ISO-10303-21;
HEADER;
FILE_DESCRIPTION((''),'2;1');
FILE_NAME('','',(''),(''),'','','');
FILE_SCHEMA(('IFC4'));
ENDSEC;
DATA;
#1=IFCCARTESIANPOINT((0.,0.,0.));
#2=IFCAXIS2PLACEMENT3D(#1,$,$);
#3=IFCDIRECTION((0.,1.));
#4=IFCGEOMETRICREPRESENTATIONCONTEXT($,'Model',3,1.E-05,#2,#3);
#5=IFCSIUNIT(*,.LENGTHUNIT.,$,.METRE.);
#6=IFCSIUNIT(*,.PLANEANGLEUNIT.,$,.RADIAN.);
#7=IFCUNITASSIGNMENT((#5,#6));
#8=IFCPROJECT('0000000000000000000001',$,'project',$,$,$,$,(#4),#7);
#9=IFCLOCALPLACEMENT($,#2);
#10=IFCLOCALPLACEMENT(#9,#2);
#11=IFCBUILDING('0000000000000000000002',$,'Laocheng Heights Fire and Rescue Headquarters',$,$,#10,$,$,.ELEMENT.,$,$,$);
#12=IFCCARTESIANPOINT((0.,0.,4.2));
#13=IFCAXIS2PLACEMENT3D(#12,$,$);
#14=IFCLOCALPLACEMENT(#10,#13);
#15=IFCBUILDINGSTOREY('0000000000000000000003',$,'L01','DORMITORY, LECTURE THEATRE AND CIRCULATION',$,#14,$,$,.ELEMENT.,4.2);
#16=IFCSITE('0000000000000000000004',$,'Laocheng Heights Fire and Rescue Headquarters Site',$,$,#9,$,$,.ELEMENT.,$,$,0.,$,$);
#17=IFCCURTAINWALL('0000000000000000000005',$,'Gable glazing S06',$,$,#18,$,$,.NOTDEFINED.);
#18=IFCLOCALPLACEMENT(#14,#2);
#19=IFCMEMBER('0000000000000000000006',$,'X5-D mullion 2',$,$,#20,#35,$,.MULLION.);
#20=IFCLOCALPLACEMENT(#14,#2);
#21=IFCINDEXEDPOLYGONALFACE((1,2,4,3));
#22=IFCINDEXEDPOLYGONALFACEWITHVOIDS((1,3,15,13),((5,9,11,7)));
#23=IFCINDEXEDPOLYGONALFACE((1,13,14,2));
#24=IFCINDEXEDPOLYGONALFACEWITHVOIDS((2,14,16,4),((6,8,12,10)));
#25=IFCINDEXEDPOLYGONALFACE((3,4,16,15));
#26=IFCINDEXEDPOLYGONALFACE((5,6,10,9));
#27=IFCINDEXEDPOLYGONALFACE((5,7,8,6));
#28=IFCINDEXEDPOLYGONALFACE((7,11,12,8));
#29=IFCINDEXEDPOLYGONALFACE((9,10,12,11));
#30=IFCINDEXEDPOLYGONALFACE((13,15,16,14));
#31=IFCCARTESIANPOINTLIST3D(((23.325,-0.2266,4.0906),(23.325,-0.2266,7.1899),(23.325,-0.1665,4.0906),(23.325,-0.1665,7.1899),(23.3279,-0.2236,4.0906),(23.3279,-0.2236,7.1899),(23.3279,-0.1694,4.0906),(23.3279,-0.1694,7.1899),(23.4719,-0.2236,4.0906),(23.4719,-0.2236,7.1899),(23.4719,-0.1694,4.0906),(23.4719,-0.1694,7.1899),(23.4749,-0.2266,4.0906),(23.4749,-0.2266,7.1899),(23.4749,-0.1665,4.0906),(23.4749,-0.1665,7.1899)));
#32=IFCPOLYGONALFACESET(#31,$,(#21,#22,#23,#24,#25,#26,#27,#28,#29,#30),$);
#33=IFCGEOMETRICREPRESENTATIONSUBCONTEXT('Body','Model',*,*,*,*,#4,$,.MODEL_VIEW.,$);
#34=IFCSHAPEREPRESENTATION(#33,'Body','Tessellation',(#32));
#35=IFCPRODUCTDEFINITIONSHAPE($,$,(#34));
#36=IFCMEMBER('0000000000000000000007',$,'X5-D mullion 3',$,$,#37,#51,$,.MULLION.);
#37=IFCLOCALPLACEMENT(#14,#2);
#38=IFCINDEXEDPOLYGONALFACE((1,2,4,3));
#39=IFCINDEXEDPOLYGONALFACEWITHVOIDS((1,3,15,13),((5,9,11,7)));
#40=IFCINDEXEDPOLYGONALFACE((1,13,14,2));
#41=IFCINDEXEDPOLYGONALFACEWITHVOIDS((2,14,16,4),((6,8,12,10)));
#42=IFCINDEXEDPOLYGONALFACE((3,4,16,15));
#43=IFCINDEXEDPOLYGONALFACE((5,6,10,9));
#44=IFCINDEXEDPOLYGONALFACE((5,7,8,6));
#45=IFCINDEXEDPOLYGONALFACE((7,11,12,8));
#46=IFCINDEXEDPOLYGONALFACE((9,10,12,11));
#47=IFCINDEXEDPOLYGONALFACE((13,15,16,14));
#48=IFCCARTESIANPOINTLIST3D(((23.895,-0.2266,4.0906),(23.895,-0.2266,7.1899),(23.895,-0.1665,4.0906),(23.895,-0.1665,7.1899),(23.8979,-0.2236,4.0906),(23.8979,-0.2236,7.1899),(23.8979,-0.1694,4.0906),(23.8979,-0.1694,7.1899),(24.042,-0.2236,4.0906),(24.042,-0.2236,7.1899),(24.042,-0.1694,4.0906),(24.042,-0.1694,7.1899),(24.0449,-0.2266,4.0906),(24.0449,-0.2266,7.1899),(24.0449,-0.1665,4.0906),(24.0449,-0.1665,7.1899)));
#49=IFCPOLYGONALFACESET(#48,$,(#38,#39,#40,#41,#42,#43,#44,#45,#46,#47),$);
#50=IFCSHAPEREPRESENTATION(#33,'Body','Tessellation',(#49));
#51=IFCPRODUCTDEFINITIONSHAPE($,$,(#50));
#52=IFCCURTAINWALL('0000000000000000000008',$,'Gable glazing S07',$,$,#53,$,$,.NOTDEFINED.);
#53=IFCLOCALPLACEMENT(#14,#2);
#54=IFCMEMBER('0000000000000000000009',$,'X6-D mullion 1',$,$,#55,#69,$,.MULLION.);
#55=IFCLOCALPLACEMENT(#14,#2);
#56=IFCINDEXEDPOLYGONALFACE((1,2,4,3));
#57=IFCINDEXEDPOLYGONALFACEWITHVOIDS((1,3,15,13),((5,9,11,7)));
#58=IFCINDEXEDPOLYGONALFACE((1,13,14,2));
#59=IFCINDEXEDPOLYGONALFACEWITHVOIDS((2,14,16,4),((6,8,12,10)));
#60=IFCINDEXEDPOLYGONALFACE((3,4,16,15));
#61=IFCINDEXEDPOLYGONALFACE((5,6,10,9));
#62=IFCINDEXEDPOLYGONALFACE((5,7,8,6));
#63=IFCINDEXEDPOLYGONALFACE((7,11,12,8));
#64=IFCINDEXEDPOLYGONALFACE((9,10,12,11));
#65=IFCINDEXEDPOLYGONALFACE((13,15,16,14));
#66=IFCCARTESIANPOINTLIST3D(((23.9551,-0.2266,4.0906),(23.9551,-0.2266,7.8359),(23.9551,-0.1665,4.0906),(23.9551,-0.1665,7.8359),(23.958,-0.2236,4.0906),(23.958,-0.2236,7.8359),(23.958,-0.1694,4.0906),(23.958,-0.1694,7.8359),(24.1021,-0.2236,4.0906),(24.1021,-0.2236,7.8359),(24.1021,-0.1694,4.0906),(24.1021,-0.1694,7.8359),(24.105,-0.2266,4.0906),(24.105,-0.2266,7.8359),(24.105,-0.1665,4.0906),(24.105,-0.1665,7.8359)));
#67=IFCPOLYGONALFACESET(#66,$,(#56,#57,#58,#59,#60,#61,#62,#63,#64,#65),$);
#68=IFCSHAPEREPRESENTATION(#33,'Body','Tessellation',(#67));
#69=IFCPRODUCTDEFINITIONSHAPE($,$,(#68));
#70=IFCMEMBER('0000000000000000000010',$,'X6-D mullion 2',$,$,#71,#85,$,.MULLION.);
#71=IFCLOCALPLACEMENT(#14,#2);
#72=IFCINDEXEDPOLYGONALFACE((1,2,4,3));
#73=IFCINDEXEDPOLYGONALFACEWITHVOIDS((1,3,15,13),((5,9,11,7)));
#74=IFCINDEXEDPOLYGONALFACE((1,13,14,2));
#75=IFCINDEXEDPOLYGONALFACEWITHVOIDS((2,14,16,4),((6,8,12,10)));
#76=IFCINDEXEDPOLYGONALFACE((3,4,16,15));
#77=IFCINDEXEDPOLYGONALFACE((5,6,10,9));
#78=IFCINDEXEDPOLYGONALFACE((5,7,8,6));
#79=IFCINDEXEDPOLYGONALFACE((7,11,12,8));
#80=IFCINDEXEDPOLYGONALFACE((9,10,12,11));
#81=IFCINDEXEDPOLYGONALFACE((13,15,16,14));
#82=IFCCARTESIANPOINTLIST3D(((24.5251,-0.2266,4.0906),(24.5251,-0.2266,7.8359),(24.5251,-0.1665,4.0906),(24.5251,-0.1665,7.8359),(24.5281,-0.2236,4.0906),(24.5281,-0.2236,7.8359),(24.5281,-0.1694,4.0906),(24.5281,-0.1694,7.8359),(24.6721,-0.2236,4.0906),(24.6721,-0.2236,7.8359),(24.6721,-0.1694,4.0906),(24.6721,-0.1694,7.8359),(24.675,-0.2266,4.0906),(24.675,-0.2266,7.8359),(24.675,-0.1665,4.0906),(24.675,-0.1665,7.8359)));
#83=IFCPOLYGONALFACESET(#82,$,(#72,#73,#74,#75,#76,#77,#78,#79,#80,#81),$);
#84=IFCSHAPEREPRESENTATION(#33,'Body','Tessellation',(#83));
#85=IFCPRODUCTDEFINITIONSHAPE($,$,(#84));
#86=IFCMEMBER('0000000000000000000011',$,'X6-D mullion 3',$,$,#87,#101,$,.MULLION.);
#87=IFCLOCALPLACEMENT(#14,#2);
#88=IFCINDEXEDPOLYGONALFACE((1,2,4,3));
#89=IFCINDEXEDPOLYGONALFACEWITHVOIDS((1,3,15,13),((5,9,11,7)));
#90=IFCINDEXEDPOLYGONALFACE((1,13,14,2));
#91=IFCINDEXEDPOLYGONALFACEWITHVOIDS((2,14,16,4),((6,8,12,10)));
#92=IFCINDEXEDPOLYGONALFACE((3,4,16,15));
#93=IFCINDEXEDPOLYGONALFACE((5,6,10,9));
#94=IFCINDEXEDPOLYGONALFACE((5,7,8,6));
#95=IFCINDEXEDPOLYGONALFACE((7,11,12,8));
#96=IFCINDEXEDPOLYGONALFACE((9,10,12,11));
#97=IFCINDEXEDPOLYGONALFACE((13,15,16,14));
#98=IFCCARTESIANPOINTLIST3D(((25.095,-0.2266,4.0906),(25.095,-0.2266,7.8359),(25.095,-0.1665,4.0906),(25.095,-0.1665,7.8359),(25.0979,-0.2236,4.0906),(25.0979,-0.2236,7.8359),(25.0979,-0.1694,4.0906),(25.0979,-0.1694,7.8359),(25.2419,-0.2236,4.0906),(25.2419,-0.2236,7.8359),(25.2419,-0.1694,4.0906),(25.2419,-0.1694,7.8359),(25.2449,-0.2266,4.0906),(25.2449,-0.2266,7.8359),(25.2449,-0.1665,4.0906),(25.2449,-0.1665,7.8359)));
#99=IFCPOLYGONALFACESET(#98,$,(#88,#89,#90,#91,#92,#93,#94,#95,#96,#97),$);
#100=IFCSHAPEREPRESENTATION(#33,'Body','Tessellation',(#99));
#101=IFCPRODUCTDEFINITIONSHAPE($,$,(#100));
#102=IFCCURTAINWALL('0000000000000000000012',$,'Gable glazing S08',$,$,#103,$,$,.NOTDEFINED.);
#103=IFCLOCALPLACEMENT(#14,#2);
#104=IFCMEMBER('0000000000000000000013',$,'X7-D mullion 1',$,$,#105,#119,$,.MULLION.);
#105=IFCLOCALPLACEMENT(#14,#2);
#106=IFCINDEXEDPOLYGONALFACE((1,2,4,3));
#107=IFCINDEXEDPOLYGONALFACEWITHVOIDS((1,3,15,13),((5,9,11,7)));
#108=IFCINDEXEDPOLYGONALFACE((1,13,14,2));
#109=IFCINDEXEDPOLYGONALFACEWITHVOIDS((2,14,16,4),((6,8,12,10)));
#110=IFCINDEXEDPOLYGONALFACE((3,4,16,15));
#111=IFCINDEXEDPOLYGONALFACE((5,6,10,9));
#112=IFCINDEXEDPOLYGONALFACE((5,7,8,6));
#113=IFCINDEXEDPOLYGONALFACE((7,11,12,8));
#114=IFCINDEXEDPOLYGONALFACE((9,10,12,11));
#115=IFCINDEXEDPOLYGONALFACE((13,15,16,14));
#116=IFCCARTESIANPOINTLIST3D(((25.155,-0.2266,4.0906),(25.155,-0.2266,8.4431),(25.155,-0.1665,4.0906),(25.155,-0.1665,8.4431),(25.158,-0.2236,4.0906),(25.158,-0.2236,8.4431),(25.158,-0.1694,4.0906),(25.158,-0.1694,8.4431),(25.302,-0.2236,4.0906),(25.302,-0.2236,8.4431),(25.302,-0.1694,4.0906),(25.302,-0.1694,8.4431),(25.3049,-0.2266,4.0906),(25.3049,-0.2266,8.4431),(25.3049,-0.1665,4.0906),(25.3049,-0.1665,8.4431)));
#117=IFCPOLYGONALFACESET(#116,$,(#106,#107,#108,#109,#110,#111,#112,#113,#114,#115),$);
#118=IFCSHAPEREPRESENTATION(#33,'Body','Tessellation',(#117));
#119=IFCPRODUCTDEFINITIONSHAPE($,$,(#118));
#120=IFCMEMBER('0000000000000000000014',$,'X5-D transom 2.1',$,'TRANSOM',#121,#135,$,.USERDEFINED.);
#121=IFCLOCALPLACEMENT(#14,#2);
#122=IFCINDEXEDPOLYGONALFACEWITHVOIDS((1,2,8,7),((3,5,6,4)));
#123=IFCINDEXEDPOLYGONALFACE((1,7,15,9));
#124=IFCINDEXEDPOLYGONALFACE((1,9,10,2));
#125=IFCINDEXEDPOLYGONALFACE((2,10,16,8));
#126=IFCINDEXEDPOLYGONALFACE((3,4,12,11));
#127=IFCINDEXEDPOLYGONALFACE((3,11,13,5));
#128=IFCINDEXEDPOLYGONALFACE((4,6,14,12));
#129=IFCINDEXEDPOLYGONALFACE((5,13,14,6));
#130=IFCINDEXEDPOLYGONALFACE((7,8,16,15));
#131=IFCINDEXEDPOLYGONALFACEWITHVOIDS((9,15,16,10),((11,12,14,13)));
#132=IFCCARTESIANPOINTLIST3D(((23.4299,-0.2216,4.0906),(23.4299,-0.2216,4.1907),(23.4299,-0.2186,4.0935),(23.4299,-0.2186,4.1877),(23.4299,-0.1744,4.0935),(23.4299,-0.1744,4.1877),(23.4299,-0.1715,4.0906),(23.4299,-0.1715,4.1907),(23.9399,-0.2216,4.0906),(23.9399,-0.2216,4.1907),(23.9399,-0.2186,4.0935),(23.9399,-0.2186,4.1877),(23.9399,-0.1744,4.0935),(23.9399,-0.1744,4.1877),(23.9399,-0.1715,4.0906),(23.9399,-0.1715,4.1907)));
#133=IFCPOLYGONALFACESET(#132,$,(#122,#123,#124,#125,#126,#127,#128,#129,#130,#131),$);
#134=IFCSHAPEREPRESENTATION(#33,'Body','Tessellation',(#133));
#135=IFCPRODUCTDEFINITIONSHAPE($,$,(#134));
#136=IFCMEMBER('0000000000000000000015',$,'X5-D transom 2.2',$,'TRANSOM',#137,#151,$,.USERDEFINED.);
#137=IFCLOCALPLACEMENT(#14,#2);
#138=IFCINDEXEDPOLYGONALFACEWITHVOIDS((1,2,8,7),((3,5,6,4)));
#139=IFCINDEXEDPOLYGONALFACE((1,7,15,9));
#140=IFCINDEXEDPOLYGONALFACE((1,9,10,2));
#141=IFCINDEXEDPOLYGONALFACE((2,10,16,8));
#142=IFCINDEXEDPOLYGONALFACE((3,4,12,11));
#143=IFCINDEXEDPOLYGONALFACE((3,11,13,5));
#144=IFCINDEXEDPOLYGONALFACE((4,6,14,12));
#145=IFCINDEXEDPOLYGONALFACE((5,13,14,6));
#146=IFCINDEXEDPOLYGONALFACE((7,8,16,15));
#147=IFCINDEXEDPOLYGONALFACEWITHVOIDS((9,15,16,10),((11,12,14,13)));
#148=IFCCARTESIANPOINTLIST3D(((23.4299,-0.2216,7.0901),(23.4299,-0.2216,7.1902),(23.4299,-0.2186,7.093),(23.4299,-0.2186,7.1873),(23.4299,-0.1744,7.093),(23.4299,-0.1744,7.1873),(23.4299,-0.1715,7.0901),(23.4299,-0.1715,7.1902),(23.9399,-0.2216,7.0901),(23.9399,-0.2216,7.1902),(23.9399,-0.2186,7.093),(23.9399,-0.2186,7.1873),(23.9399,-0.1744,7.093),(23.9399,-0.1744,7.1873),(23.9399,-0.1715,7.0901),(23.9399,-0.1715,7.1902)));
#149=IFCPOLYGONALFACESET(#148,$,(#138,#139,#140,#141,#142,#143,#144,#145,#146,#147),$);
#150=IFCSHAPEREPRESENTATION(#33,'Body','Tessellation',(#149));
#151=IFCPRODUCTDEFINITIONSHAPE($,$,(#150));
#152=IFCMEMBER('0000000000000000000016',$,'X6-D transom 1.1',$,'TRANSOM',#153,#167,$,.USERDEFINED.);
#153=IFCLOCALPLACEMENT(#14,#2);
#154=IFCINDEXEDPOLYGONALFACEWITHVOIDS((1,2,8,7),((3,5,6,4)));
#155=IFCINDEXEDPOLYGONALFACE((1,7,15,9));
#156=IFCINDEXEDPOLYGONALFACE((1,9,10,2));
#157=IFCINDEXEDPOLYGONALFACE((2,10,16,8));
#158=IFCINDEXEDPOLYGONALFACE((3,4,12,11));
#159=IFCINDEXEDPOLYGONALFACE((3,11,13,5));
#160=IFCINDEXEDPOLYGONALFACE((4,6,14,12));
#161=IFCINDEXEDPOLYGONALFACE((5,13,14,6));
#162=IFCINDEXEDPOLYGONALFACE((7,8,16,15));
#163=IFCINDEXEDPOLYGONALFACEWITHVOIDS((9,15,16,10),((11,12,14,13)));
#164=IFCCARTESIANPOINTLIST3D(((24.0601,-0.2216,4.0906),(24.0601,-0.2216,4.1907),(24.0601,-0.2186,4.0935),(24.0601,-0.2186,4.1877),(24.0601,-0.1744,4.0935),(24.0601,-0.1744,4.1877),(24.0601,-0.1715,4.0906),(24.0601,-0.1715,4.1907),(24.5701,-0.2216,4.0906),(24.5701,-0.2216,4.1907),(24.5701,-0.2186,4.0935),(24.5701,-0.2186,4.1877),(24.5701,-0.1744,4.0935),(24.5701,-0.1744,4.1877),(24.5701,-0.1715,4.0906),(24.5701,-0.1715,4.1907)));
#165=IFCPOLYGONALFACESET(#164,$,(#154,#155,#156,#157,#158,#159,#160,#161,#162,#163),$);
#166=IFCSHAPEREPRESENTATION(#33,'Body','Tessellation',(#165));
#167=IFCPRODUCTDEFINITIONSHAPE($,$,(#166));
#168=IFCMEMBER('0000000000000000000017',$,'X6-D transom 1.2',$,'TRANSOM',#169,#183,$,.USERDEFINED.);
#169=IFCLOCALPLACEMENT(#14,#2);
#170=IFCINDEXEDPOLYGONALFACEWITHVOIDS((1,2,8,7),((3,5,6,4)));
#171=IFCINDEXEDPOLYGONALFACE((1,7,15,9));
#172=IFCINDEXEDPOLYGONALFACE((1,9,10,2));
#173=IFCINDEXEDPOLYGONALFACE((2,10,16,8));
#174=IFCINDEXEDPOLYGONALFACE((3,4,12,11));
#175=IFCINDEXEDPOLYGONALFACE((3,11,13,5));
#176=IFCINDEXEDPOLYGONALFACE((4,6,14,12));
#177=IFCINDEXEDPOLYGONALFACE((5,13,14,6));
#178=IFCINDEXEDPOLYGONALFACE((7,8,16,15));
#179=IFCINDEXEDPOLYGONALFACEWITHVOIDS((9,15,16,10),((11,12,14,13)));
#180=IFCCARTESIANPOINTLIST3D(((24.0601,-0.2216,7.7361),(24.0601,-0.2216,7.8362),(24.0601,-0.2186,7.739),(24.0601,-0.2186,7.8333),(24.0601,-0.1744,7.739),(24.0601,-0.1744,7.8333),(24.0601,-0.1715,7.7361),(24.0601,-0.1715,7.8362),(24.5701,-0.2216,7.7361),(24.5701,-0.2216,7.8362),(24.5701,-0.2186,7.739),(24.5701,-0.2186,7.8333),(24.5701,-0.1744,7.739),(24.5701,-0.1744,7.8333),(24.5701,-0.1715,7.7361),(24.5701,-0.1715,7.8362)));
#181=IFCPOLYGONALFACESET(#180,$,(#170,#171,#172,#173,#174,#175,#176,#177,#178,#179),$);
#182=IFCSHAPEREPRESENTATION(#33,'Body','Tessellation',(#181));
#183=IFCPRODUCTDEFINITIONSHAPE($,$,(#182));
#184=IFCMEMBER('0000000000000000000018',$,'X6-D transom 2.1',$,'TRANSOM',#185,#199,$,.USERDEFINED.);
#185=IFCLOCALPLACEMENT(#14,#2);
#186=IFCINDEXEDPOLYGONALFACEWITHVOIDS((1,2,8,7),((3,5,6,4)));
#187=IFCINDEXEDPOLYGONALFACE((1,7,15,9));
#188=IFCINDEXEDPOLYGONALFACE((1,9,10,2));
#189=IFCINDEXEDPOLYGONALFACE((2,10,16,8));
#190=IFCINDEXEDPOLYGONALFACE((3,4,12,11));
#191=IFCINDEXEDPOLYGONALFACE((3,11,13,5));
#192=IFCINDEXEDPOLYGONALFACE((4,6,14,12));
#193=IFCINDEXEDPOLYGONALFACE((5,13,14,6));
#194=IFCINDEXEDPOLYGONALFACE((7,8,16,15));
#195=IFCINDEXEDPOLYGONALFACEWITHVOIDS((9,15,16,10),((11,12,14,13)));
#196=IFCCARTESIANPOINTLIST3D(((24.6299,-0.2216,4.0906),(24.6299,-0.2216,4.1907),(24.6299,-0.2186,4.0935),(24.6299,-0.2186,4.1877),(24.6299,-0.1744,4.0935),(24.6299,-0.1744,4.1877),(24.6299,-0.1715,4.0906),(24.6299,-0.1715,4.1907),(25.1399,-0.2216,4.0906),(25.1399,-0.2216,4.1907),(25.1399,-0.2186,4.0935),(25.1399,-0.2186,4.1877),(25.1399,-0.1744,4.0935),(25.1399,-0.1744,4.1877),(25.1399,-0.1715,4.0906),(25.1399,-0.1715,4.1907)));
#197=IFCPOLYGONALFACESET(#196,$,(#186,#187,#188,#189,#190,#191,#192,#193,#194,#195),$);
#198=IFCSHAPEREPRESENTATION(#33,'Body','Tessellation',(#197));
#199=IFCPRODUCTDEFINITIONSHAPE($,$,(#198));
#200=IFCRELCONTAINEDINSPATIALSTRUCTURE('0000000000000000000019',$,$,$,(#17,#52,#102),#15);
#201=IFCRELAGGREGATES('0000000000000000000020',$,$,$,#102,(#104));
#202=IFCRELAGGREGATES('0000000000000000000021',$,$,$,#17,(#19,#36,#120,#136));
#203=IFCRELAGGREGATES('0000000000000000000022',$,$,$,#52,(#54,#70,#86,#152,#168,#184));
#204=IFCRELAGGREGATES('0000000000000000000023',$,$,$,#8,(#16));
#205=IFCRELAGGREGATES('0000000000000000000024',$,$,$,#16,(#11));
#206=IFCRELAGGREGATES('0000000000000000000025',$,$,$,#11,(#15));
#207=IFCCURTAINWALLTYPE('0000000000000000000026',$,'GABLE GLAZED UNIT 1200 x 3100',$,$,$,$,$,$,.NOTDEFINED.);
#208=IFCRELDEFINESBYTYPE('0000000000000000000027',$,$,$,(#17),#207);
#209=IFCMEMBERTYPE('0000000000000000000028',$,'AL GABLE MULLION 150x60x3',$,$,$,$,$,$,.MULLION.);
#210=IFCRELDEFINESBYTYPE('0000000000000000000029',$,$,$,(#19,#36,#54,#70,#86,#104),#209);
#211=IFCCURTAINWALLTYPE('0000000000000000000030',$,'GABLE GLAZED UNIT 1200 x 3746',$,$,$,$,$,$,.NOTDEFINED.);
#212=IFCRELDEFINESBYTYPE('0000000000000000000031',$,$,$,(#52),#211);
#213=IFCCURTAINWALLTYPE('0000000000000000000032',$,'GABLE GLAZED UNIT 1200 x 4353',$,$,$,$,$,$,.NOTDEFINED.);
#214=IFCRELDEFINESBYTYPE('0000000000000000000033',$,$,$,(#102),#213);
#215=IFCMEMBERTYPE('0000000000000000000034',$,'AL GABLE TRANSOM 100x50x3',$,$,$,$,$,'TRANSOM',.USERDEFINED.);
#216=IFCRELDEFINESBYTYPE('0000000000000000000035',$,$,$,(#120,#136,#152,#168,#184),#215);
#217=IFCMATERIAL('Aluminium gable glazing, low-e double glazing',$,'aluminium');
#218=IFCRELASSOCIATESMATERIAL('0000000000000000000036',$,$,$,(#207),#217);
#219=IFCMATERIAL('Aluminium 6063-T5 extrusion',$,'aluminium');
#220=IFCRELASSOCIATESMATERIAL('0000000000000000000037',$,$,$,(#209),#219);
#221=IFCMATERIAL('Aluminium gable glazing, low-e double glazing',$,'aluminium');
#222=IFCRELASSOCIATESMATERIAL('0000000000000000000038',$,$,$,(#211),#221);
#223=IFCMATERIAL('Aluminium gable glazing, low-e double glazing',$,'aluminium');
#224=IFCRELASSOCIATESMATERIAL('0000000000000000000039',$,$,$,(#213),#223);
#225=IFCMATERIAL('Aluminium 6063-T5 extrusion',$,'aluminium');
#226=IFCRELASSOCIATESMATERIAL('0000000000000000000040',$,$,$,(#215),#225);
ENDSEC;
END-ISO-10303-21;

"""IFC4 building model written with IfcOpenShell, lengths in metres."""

from ifc_helpers import new_model, si_unit, direction, frame, origin, origin_2d, place, context, subcontext, project, spatial, hollow_rectangle, extrude, material, material_profile, profile_set, type_object, element, aggregate, save


model = new_model("IFC4")

# Units and contexts
model_context = context("Model", 3, precision=1e-05, world=origin(), true_north=direction((0.0, 1.0)))
body_context = subcontext(model_context, "Body", "Model", "MODEL_VIEW")
ifc_project = project(units=[si_unit("LENGTHUNIT", "METRE"), si_unit("PLANEANGLEUNIT", "RADIAN")], contexts=[model_context])

# Site, building, storey
site_placement = place(None, origin())
site = spatial("IfcSite", under=ifc_project, at=site_placement, Name="Laocheng Heights Fire and Rescue Headquarters Site", CompositionType="ELEMENT", RefElevation=0.0)
building_placement = place(site_placement, origin())
building = spatial("IfcBuilding", under=site, at=building_placement, Name="Laocheng Heights Fire and Rescue Headquarters", CompositionType="ELEMENT")
storey_placement = place(building_placement, frame((0.0, 0.0, 4.2)))
storey = spatial("IfcBuildingStorey", under=building, at=storey_placement, Name="L01", Description="DORMITORY, LECTURE THEATRE AND CIRCULATION", CompositionType="ELEMENT", Elevation=4.2)

# Curtain walls, members
ifc_material_1 = material(Name="Aluminium gable glazing, low-e double glazing", Category="aluminium")
curtain_wall_type_1 = type_object("IfcCurtainWallType", Name="GABLE GLAZED UNIT 1200 x 3100", PredefinedType="NOTDEFINED", material=ifc_material_1)
curtain_wall_1_placement = place(storey_placement, origin())
curtain_wall_1 = element("IfcCurtainWall", 1, at=curtain_wall_1_placement, inside=storey, type_object=curtain_wall_type_1, Name="Gable glazing S06", PredefinedType="NOTDEFINED")
ifc_material_2 = material(Name="Aluminium 6063-T5 extrusion", Category="aluminium")
ifc_material_profile_1 = material_profile(ifc_material_2, hollow_rectangle(XDim=0.0601, YDim=0.1499, WallThickness=0.0029, at=origin_2d()), Name="AL MULLION 150x60x3")
ifc_profile_set_1 = profile_set([ifc_material_profile_1], Name="Aluminium 6063-T5 extrusion")
member_type_1 = type_object("IfcMemberType", Name="AL GABLE MULLION 150x60x3", PredefinedType="MULLION", material=ifc_profile_set_1)
member_1_placement = place(storey_placement, frame((23.3999, -0.1965, 4.0906), z_axis=(0.0, 0.0, 1.0), x_axis=(0.0, 1.0, 0.0)))
member_1 = element("IfcMember", 2, at=member_1_placement, type_object=member_type_1, Name="X5-D mullion 2", PredefinedType="MULLION", context=body_context, shape_type="SweptSolid", body=[
    extrude(hollow_rectangle(XDim=0.0601, YDim=0.1499, WallThickness=0.0029, at=origin_2d()), origin(), (0.0, 0.0, 1.0), 3.0994),
])
member_2_placement = place(storey_placement, frame((23.97, -0.1965, 4.0906), z_axis=(0.0, 0.0, 1.0), x_axis=(0.0, 1.0, 0.0)))
member_2 = element("IfcMember", 3, at=member_2_placement, type_object=member_type_1, Name="X5-D mullion 3", PredefinedType="MULLION", context=body_context, shape_type="SweptSolid", body=[
    extrude(hollow_rectangle(XDim=0.0601, YDim=0.1499, WallThickness=0.0029, at=origin_2d()), origin(), (0.0, 0.0, 1.0), 3.0994),
])
ifc_material_3 = material(Name="Aluminium gable glazing, low-e double glazing", Category="aluminium")
curtain_wall_type_2 = type_object("IfcCurtainWallType", Name="GABLE GLAZED UNIT 1200 x 3746", PredefinedType="NOTDEFINED", material=ifc_material_3)
curtain_wall_2_placement = place(storey_placement, origin())
curtain_wall_2 = element("IfcCurtainWall", 4, at=curtain_wall_2_placement, inside=storey, type_object=curtain_wall_type_2, Name="Gable glazing S07", PredefinedType="NOTDEFINED")
member_3_placement = place(storey_placement, frame((24.03, -0.1965, 4.0906), z_axis=(0.0, 0.0, 1.0), x_axis=(0.0, 1.0, 0.0)))
member_3 = element("IfcMember", 5, at=member_3_placement, type_object=member_type_1, Name="X6-D mullion 1", PredefinedType="MULLION", context=body_context, shape_type="SweptSolid", body=[
    extrude(hollow_rectangle(XDim=0.0601, YDim=0.1499, WallThickness=0.0029, at=origin_2d()), origin(), (0.0, 0.0, 1.0), 3.7454),
])
member_4_placement = place(storey_placement, frame((24.6001, -0.1965, 4.0906), z_axis=(0.0, 0.0, 1.0), x_axis=(0.0, 1.0, 0.0)))
member_4 = element("IfcMember", 6, at=member_4_placement, type_object=member_type_1, Name="X6-D mullion 2", PredefinedType="MULLION", context=body_context, shape_type="SweptSolid", body=[
    extrude(hollow_rectangle(XDim=0.0601, YDim=0.1499, WallThickness=0.0029, at=origin_2d()), origin(), (0.0, 0.0, 1.0), 3.7454),
])
member_5_placement = place(storey_placement, frame((25.1699, -0.1965, 4.0906), z_axis=(0.0, 0.0, 1.0), x_axis=(0.0, 1.0, 0.0)))
member_5 = element("IfcMember", 7, at=member_5_placement, type_object=member_type_1, Name="X6-D mullion 3", PredefinedType="MULLION", context=body_context, shape_type="SweptSolid", body=[
    extrude(hollow_rectangle(XDim=0.0601, YDim=0.1499, WallThickness=0.0029, at=origin_2d()), origin(), (0.0, 0.0, 1.0), 3.7454),
])

# Curtain wall, member
ifc_material_4 = material(Name="Aluminium gable glazing, low-e double glazing", Category="aluminium")
curtain_wall_type_3 = type_object("IfcCurtainWallType", Name="GABLE GLAZED UNIT 1200 x 4353", PredefinedType="NOTDEFINED", material=ifc_material_4)
curtain_wall_3_placement = place(storey_placement, origin())
curtain_wall_3 = element("IfcCurtainWall", 8, at=curtain_wall_3_placement, inside=storey, type_object=curtain_wall_type_3, Name="Gable glazing S08", PredefinedType="NOTDEFINED")
member_6_placement = place(storey_placement, frame((25.23, -0.1965, 4.0906), z_axis=(0.0, 0.0, 1.0), x_axis=(0.0, 1.0, 0.0)))
member_6 = element("IfcMember", 9, at=member_6_placement, type_object=member_type_1, Name="X7-D mullion 1", PredefinedType="MULLION", context=body_context, shape_type="SweptSolid", body=[
    extrude(hollow_rectangle(XDim=0.0601, YDim=0.1499, WallThickness=0.0029, at=origin_2d()), origin(), (0.0, 0.0, 1.0), 4.3525),
])

# Members
ifc_material_5 = material(Name="Aluminium 6063-T5 extrusion", Category="aluminium")
ifc_material_profile_2 = material_profile(ifc_material_5, hollow_rectangle(XDim=0.05, YDim=0.1001, WallThickness=0.0029, at=origin_2d()), Name="AL TRANSOM 100x50x3")
ifc_profile_set_2 = profile_set([ifc_material_profile_2], Name="Aluminium 6063-T5 extrusion")
member_type_2 = type_object("IfcMemberType", Name="AL GABLE TRANSOM 100x50x3", ElementType="TRANSOM", PredefinedType="USERDEFINED", material=ifc_profile_set_2)
member_7_placement = place(storey_placement, frame((23.4299, -0.1965, 4.1406), z_axis=(1.0, 0.0, 0.0), x_axis=(0.0, 1.0, 0.0)))
member_7 = element("IfcMember", 10, at=member_7_placement, type_object=member_type_2, Name="X5-D transom 2.1", ObjectType="TRANSOM", PredefinedType="USERDEFINED", context=body_context, shape_type="SweptSolid", body=[
    extrude(hollow_rectangle(XDim=0.05, YDim=0.1001, WallThickness=0.0029, at=origin_2d()), origin(), (0.0, 0.0, 1.0), 0.51),
])
member_8_placement = place(storey_placement, frame((23.4299, -0.1965, 7.1401), z_axis=(1.0, 0.0, 0.0), x_axis=(0.0, 1.0, 0.0)))
member_8 = element("IfcMember", 11, at=member_8_placement, type_object=member_type_2, Name="X5-D transom 2.2", ObjectType="TRANSOM", PredefinedType="USERDEFINED", context=body_context, shape_type="SweptSolid", body=[
    extrude(hollow_rectangle(XDim=0.05, YDim=0.1001, WallThickness=0.0029, at=origin_2d()), origin(), (0.0, 0.0, 1.0), 0.51),
])
member_9_placement = place(storey_placement, frame((24.0601, -0.1965, 4.1406), z_axis=(1.0, 0.0, 0.0), x_axis=(0.0, 1.0, 0.0)))
member_9 = element("IfcMember", 12, at=member_9_placement, type_object=member_type_2, Name="X6-D transom 1.1", ObjectType="TRANSOM", PredefinedType="USERDEFINED", context=body_context, shape_type="SweptSolid", body=[
    extrude(hollow_rectangle(XDim=0.05, YDim=0.1001, WallThickness=0.0029, at=origin_2d()), origin(), (0.0, 0.0, 1.0), 0.51),
])
member_10_placement = place(storey_placement, frame((24.0601, -0.1965, 7.7861), z_axis=(1.0, 0.0, 0.0), x_axis=(0.0, 1.0, 0.0)))
member_10 = element("IfcMember", 13, at=member_10_placement, type_object=member_type_2, Name="X6-D transom 1.2", ObjectType="TRANSOM", PredefinedType="USERDEFINED", context=body_context, shape_type="SweptSolid", body=[
    extrude(hollow_rectangle(XDim=0.05, YDim=0.1001, WallThickness=0.0029, at=origin_2d()), origin(), (0.0, 0.0, 1.0), 0.51),
])
member_11_placement = place(storey_placement, frame((24.6299, -0.1965, 4.1406), z_axis=(1.0, 0.0, 0.0), x_axis=(0.0, 1.0, 0.0)))
member_11 = element("IfcMember", 14, at=member_11_placement, type_object=member_type_2, Name="X6-D transom 2.1", ObjectType="TRANSOM", PredefinedType="USERDEFINED", context=body_context, shape_type="SweptSolid", body=[
    extrude(hollow_rectangle(XDim=0.05, YDim=0.1001, WallThickness=0.0029, at=origin_2d()), origin(), (0.0, 0.0, 1.0), 0.51),
])
aggregate(curtain_wall_3, [member_6])

aggregate(curtain_wall_1, [member_1, member_2, member_7, member_8])
aggregate(curtain_wall_2, [member_3, member_4, member_5, member_9, member_10, member_11])

save(model, "model.ifc")
